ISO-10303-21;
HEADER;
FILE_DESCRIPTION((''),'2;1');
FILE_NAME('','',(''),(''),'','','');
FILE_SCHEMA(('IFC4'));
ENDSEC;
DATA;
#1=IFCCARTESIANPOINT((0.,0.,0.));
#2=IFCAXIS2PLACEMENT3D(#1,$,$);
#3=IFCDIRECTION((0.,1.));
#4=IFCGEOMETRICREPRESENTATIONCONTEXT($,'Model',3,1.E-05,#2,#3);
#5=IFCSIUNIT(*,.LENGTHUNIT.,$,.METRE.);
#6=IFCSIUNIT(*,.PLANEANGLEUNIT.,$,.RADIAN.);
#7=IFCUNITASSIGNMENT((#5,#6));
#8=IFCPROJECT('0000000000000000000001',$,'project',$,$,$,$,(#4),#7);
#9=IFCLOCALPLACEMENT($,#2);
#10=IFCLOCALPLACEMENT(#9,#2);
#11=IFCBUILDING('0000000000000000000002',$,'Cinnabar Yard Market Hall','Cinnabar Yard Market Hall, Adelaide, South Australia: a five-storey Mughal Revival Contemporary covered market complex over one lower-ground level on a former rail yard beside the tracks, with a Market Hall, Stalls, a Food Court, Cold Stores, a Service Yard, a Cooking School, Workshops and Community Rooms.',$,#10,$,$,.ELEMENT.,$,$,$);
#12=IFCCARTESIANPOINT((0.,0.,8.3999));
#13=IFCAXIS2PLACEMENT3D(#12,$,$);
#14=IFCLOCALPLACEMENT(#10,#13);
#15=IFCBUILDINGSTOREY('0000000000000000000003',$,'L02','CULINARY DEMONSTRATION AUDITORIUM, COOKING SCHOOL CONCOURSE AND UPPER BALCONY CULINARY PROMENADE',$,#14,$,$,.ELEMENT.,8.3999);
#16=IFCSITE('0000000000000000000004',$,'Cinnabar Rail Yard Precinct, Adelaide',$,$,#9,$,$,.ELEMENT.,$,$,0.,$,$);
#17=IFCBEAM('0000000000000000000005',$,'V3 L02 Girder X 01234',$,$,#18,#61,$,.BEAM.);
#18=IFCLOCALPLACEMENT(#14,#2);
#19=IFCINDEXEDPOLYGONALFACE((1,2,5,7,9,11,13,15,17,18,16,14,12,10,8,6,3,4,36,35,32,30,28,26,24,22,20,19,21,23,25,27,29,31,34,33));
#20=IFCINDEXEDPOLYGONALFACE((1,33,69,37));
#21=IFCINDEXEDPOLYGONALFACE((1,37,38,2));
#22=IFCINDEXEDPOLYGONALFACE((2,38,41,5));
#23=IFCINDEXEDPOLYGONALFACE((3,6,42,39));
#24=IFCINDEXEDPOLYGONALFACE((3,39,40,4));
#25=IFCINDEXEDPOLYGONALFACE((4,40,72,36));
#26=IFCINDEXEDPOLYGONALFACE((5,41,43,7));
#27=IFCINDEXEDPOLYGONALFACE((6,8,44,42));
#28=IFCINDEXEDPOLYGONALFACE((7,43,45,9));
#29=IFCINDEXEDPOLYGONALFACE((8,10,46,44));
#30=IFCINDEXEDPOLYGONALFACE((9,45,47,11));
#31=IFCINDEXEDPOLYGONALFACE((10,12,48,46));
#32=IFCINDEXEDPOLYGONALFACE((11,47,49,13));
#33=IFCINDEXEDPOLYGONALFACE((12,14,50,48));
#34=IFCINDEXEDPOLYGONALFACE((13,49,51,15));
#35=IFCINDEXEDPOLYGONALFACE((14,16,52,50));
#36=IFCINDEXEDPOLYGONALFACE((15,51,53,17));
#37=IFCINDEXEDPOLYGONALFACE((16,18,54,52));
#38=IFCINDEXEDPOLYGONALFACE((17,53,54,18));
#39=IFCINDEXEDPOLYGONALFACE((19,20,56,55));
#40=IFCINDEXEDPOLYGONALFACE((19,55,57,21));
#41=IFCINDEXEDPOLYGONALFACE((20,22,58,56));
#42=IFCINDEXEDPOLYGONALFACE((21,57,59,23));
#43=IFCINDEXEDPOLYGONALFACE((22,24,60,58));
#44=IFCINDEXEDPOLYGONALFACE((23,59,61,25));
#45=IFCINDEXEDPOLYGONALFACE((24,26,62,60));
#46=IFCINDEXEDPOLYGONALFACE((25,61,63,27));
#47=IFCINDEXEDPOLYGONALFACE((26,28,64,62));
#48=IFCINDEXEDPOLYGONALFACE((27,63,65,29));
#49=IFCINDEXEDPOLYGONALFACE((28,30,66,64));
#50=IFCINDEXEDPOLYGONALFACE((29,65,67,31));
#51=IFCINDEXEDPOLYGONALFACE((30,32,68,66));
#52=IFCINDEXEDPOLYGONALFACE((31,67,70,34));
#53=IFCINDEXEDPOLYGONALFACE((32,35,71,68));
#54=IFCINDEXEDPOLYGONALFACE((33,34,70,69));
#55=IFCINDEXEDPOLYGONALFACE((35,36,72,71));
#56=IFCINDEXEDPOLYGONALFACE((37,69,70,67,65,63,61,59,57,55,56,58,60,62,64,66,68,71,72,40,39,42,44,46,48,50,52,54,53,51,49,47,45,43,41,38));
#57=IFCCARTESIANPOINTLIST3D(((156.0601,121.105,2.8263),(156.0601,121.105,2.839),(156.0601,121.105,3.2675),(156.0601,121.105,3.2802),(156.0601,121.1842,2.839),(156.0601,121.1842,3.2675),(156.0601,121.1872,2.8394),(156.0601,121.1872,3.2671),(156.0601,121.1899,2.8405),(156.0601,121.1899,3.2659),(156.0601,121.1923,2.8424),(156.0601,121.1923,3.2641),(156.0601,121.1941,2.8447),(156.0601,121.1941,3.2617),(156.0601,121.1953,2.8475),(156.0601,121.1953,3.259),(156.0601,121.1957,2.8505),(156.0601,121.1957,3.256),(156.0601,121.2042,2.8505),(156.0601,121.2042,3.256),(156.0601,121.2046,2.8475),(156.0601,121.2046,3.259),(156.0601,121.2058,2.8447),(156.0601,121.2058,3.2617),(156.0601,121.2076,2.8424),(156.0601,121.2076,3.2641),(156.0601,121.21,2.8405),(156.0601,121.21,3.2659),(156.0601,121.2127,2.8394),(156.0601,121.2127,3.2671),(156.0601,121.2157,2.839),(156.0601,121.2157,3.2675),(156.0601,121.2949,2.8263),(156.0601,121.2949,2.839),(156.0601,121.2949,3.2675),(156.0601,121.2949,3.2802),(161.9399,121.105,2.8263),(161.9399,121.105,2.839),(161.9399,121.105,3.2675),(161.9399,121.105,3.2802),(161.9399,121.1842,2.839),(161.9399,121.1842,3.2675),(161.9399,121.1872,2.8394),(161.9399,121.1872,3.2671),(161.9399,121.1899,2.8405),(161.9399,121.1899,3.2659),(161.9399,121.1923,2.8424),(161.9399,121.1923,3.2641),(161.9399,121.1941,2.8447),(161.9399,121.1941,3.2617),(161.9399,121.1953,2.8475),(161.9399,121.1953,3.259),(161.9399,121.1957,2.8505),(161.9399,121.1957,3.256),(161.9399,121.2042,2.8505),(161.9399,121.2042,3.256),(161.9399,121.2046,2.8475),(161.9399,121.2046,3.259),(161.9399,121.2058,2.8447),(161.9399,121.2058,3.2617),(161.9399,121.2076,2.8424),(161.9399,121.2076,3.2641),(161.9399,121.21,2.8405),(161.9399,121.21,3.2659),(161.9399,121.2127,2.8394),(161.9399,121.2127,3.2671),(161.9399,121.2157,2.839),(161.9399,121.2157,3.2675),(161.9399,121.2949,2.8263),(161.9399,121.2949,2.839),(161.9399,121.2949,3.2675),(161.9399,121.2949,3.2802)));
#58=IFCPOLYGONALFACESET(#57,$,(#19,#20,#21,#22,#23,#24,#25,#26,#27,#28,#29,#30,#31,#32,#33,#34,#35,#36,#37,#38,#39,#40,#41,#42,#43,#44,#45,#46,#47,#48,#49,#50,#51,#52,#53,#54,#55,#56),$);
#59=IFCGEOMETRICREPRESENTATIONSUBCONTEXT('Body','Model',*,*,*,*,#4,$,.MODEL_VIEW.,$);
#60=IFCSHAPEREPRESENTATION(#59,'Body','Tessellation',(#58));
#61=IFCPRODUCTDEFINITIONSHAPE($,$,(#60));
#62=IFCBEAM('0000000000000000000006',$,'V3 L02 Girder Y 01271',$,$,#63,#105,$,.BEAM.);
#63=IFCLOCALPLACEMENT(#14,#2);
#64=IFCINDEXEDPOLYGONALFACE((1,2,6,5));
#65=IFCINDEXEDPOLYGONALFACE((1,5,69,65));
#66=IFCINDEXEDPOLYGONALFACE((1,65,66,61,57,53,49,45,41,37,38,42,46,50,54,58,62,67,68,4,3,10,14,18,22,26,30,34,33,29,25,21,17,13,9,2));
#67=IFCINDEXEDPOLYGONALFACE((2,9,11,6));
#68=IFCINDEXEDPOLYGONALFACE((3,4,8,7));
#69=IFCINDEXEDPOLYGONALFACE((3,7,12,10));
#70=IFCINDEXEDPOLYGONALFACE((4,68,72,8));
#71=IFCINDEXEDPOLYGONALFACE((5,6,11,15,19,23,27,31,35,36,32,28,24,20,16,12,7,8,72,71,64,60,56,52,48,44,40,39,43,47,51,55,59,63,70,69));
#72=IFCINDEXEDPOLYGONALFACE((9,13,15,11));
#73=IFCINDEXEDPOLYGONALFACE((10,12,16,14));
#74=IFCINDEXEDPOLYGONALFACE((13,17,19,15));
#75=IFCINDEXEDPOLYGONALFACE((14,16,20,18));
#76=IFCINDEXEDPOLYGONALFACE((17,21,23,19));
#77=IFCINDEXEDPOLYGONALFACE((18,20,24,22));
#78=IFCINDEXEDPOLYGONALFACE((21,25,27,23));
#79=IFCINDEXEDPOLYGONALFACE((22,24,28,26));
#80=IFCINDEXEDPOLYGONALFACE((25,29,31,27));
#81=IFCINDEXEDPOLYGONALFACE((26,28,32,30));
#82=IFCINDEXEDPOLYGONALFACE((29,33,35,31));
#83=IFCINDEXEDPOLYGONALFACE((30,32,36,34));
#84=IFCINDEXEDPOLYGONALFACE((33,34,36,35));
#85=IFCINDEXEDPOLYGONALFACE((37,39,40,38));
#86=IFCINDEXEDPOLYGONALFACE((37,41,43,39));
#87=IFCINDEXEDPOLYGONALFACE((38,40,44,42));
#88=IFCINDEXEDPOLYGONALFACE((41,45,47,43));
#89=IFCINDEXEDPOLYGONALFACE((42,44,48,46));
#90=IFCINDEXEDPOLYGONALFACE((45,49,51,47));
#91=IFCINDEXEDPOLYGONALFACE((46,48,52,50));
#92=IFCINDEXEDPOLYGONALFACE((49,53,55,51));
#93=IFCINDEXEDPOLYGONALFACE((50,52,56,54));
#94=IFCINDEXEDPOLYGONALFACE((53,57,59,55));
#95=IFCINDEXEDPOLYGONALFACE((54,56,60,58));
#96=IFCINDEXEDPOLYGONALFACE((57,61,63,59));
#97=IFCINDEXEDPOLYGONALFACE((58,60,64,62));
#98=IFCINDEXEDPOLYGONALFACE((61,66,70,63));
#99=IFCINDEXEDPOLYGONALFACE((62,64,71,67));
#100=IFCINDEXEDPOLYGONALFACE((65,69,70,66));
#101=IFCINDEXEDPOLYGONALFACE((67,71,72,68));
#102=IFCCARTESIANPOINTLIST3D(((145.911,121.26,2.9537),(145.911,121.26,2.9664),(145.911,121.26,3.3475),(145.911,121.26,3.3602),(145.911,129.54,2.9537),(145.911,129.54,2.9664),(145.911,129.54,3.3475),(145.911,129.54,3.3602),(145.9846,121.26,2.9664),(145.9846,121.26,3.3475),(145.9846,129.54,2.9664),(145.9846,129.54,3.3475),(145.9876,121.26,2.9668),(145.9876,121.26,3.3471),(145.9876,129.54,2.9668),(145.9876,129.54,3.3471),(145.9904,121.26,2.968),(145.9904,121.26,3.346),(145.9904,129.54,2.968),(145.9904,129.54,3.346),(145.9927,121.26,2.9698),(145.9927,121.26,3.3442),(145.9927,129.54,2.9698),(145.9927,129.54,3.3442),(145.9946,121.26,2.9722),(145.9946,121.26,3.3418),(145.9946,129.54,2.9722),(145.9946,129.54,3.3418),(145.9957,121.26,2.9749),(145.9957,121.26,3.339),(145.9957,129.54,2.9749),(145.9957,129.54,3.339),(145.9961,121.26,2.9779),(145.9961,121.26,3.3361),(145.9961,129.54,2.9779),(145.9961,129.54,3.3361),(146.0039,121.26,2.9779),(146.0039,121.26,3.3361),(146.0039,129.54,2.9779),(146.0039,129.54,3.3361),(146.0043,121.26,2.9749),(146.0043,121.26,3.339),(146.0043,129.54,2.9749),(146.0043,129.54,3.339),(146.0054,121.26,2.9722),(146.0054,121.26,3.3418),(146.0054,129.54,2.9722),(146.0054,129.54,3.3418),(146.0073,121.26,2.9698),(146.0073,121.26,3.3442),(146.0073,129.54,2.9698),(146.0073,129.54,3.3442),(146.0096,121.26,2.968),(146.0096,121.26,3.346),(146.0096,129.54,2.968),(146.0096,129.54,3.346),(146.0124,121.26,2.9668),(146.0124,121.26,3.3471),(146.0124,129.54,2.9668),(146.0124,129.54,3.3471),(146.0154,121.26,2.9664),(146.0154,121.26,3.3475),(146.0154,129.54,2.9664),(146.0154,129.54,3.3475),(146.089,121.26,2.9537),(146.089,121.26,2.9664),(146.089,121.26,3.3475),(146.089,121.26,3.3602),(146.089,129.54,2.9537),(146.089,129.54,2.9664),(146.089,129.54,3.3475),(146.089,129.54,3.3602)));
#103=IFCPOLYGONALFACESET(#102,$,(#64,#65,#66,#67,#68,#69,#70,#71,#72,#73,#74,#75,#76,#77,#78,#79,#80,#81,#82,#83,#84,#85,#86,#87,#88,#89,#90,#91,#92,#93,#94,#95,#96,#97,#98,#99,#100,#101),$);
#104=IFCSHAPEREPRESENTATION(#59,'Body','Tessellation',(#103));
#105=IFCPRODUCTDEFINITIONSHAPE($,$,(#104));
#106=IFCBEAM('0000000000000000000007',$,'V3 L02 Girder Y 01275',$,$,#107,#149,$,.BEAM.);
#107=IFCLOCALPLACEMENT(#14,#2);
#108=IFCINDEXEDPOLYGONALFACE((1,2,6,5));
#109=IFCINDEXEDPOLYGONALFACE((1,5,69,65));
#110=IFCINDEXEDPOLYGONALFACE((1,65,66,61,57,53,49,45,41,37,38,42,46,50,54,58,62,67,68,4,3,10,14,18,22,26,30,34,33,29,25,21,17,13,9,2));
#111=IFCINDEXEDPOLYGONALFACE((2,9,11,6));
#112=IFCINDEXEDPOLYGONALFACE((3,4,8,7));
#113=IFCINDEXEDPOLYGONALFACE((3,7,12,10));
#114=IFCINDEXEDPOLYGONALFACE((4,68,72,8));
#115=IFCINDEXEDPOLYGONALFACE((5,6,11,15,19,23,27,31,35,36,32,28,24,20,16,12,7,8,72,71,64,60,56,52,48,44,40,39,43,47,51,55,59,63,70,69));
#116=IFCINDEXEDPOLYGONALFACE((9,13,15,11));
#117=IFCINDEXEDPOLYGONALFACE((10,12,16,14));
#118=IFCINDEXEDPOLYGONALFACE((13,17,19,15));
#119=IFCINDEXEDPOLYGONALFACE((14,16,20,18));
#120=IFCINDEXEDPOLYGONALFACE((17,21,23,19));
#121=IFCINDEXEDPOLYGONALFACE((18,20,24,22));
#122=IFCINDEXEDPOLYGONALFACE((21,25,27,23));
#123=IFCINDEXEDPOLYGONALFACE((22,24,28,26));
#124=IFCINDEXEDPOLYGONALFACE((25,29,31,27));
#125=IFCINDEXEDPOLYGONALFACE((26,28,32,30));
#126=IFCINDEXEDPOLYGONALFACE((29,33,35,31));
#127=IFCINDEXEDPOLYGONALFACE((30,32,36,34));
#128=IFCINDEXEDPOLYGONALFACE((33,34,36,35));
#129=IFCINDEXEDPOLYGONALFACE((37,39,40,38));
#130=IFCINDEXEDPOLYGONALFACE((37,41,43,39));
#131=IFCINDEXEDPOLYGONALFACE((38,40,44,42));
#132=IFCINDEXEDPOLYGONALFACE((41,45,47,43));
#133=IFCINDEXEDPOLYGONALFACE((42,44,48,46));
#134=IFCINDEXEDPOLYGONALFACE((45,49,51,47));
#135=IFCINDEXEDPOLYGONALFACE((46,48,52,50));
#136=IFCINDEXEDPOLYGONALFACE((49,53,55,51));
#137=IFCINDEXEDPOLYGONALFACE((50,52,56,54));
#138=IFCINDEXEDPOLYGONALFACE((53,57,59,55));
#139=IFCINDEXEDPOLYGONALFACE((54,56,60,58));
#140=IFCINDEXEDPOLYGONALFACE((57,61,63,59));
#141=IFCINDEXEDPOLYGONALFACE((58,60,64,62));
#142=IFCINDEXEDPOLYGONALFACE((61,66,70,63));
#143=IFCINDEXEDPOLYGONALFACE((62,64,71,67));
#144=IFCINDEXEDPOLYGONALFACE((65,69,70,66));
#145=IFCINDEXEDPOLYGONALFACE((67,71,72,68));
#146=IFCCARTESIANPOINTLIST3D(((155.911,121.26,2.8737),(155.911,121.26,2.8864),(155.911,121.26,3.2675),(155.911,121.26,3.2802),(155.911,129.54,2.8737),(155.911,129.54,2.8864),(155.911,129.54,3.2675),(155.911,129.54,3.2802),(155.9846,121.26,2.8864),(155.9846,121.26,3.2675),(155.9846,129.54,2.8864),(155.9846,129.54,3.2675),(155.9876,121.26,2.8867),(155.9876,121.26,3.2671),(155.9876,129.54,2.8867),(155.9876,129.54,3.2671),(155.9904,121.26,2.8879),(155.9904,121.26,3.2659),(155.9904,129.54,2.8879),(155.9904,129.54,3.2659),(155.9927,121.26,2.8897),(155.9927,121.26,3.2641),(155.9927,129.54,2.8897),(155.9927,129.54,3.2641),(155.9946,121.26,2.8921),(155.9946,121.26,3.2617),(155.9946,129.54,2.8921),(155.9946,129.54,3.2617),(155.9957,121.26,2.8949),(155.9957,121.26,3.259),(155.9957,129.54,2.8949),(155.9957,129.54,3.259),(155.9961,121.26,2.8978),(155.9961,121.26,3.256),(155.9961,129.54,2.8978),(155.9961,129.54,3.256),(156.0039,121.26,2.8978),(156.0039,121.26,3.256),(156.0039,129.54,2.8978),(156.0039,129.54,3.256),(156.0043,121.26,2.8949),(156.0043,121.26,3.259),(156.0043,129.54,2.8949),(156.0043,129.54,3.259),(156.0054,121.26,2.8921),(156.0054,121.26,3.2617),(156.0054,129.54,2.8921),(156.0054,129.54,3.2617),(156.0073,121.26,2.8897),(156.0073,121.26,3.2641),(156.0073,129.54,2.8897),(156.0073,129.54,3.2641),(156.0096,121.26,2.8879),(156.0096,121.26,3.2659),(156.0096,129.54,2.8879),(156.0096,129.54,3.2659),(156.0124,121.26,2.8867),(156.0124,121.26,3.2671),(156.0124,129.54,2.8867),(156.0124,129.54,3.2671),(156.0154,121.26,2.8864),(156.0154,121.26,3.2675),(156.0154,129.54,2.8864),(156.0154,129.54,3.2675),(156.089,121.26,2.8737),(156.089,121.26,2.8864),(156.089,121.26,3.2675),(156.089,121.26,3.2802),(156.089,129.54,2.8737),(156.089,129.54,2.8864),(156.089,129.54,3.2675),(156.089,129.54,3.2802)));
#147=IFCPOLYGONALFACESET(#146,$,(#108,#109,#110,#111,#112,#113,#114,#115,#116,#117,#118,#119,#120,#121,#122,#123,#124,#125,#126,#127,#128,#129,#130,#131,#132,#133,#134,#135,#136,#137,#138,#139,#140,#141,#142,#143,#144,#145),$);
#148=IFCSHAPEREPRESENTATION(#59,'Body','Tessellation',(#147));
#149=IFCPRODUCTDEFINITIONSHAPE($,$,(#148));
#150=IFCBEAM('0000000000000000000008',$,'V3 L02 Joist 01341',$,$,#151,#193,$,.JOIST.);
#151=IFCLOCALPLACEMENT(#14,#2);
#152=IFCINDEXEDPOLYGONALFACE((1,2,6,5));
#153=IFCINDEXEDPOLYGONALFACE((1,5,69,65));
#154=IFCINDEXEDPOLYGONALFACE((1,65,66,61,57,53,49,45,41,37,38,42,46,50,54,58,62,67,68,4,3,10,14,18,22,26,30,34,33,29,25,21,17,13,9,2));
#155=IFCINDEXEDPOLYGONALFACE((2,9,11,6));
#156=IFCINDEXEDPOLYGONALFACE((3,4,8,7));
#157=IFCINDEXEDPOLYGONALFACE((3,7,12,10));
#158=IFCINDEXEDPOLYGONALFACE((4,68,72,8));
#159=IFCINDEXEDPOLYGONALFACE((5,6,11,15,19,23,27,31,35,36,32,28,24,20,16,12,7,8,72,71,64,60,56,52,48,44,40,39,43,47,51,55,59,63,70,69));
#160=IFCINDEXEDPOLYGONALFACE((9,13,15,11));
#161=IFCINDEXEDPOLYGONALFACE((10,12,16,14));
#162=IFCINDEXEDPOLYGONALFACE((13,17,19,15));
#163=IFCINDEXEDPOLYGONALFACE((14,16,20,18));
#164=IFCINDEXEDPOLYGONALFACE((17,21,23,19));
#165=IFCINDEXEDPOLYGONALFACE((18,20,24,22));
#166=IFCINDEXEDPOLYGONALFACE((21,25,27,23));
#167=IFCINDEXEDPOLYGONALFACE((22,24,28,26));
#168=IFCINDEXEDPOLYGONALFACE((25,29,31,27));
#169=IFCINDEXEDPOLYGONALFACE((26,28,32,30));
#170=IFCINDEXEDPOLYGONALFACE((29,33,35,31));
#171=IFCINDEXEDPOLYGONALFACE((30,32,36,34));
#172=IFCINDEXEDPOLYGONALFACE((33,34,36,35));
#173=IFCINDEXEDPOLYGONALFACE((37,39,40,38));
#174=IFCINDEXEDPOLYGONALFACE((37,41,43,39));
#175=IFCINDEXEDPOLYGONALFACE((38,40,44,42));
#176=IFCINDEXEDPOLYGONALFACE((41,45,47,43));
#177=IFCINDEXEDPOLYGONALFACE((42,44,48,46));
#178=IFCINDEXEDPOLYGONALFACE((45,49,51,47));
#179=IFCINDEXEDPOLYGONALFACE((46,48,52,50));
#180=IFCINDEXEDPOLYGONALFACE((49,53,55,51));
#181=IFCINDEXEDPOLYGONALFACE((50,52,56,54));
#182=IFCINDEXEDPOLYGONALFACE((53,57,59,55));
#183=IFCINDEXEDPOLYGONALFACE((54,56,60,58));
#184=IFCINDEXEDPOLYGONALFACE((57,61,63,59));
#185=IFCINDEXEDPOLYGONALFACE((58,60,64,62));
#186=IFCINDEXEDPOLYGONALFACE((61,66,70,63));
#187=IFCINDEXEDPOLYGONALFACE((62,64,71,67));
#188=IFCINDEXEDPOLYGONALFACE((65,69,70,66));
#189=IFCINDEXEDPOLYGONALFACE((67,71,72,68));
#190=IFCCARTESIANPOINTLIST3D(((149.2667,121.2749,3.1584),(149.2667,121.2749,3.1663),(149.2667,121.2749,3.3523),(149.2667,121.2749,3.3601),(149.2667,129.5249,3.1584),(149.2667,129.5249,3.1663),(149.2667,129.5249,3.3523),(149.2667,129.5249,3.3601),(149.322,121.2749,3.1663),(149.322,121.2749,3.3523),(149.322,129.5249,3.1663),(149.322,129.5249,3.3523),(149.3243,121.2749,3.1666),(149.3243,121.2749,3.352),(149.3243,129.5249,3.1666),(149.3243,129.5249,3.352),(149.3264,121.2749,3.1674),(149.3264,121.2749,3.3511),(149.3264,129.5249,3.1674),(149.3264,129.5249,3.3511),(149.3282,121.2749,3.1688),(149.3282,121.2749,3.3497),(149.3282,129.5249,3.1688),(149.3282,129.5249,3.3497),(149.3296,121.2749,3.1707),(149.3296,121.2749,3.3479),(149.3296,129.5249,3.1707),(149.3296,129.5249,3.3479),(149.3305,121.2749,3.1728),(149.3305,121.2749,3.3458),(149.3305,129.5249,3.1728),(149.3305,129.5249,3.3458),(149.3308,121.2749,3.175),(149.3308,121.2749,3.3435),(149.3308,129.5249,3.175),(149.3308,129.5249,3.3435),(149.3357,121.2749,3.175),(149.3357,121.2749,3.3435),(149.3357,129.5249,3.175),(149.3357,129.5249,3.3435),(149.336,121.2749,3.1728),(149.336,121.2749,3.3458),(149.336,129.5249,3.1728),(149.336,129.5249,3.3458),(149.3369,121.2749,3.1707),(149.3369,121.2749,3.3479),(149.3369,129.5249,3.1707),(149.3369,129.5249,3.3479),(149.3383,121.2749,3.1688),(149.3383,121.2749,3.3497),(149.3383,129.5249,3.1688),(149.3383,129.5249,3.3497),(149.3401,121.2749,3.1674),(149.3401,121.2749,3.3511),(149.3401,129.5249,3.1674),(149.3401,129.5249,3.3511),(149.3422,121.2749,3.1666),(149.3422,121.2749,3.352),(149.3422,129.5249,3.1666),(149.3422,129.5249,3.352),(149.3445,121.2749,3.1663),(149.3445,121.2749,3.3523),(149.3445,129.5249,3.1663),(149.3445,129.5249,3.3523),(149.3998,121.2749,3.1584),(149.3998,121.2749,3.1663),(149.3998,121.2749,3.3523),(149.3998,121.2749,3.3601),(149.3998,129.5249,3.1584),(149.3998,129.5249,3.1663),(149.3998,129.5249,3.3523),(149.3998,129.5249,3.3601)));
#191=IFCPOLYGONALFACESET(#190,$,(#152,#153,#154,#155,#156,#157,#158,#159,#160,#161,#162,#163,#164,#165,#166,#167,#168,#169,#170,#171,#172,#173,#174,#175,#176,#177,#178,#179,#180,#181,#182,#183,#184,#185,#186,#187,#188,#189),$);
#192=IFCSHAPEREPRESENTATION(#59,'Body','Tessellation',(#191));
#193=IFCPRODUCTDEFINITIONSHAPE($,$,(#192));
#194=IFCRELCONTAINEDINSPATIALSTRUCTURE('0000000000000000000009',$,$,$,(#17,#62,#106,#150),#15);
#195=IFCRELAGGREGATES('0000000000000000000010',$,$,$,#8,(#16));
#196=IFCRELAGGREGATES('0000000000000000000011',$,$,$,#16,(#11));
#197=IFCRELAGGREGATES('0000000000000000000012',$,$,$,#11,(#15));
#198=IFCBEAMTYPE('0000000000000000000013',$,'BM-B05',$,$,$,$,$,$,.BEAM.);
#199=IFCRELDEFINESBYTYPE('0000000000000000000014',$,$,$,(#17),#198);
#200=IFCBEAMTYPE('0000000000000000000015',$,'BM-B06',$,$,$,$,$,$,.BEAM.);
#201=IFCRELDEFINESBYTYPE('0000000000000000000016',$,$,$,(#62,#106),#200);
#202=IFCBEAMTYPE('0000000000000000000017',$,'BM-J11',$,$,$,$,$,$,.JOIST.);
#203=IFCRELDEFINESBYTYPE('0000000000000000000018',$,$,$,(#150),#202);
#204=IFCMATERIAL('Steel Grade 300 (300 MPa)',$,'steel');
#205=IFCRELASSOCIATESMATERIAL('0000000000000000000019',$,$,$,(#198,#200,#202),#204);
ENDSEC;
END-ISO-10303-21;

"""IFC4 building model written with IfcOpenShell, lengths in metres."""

from ifc_helpers import new_model, si_unit, direction, frame, origin, origin_2d_with_axis, place, context, subcontext, project, spatial, i_section, extrude, material, material_profile, profile_set, type_object, element, save


model = new_model("IFC4")

# Units and contexts
model_context = context("Model", 3, precision=1e-05, world=origin(), true_north=direction((0.0, 1.0)))
body_context = subcontext(model_context, "Body", "Model", "MODEL_VIEW")
ifc_project = project(units=[si_unit("LENGTHUNIT", "METRE"), si_unit("PLANEANGLEUNIT", "RADIAN")], contexts=[model_context])

# Site, building, storey
site_placement = place(None, origin())
site = spatial("IfcSite", under=ifc_project, at=site_placement, Name="Cinnabar Rail Yard Precinct, Adelaide", CompositionType="ELEMENT", RefElevation=0.0)
building_placement = place(site_placement, origin())
building = spatial("IfcBuilding", under=site, at=building_placement, Name="Cinnabar Yard Market Hall", Description="Cinnabar Yard Market Hall, Adelaide, South Australia: a five-storey Mughal Revival Contemporary covered market complex over one lower-ground level on a former rail yard beside the tracks, with a Market Hall, Stalls, a Food Court, Cold Stores, a Service Yard, a Cooking School, Workshops and Community Rooms.", CompositionType="ELEMENT")
storey_placement = place(building_placement, frame((0.0, 0.0, 8.3999)))
storey = spatial("IfcBuildingStorey", under=building, at=storey_placement, Name="L02", Description="CULINARY DEMONSTRATION AUDITORIUM, COOKING SCHOOL CONCOURSE AND UPPER BALCONY CULINARY PROMENADE", CompositionType="ELEMENT", Elevation=8.3999)

# Shared definitions
ifc_material_1 = material(Name="Steel Grade 300 (300 MPa)", Category="steel")

# Beams
ifc_material_profile_1 = material_profile(ifc_material_1, i_section(OverallWidth=0.1899, OverallDepth=0.4539, WebThickness=0.0085, FlangeThickness=0.0127, FilletRadius=0.0115, at=origin_2d_with_axis()), Name="460UB67.1")
ifc_profile_set_1 = profile_set([ifc_material_profile_1], Name="Steel Grade 300 (300 MPa)")
beam_type_1 = type_object("IfcBeamType", Name="BM-B05", PredefinedType="BEAM", material=ifc_profile_set_1)
beam_1_placement = place(storey_placement, frame((156.0601, 121.2, 3.0532), z_axis=(1.0, 0.0, 0.0), x_axis=(0.0, 1.0, 0.0)))
element("IfcBeam", 1, at=beam_1_placement, inside=storey, type_object=beam_type_1, Name="V3 L02 Girder X 01234", PredefinedType="BEAM", context=body_context, shape_type="SweptSolid", body=[
    extrude(i_section(OverallWidth=0.1899, OverallDepth=0.4539, WebThickness=0.0085, FlangeThickness=0.0127, FilletRadius=0.0115, at=origin_2d_with_axis()), origin(), (0.0, 0.0, 1.0), 5.8799),
])
ifc_material_profile_2 = material_profile(ifc_material_1, i_section(OverallWidth=0.178, OverallDepth=0.4065, WebThickness=0.0078, FlangeThickness=0.0127, FilletRadius=0.0115, at=origin_2d_with_axis()), Name="410UB59.7")
ifc_profile_set_2 = profile_set([ifc_material_profile_2], Name="Steel Grade 300 (300 MPa)")
beam_type_2 = type_object("IfcBeamType", Name="BM-B06", PredefinedType="BEAM", material=ifc_profile_set_2)
for number, where, z_axis, x_axis, name in (
    (2, (146.0, 121.26, 3.157), (0.0, 1.0, 0.0), (-1.0, 0.0, 0.0), "V3 L02 Girder Y 01271"),
    (3, (156.0, 121.26, 3.0769), (0.0, 1.0, 0.0), (-1.0, 0.0, 0.0), "V3 L02 Girder Y 01275"),
):
    element("IfcBeam", number, at=place(storey_placement, frame(where, z_axis=z_axis, x_axis=x_axis)), inside=storey, type_object=beam_type_2, Name=name, PredefinedType="BEAM", context=body_context, shape_type="SweptSolid", body=[
        extrude(i_section(OverallWidth=0.178, OverallDepth=0.4065, WebThickness=0.0078, FlangeThickness=0.0127, FilletRadius=0.0115, at=origin_2d_with_axis()), origin(), (0.0, 0.0, 1.0), 8.28),
    ])
ifc_material_profile_3 = material_profile(ifc_material_1, i_section(OverallWidth=0.1331, OverallDepth=0.2017, WebThickness=0.0049, FlangeThickness=0.0078, FilletRadius=0.0088, at=origin_2d_with_axis()), Name="200UB22.3")
ifc_profile_set_3 = profile_set([ifc_material_profile_3], Name="Steel Grade 300 (300 MPa)")
beam_type_3 = type_object("IfcBeamType", Name="BM-J11", PredefinedType="JOIST", material=ifc_profile_set_3)
for number, where, z_axis, x_axis, name in (
    (4, (149.3333, 121.2749, 3.2593), (0.0, 1.0, 0.0), (-1.0, 0.0, 0.0), "V3 L02 Joist 01341"),
):
    element("IfcBeam", number, at=place(storey_placement, frame(where, z_axis=z_axis, x_axis=x_axis)), inside=storey, type_object=beam_type_3, Name=name, PredefinedType="JOIST", context=body_context, shape_type="SweptSolid", body=[
        extrude(i_section(OverallWidth=0.1331, OverallDepth=0.2017, WebThickness=0.0049, FlangeThickness=0.0078, FilletRadius=0.0088, at=origin_2d_with_axis()), origin(), (0.0, 0.0, 1.0), 8.25),
    ])

save(model, "model.ifc")
